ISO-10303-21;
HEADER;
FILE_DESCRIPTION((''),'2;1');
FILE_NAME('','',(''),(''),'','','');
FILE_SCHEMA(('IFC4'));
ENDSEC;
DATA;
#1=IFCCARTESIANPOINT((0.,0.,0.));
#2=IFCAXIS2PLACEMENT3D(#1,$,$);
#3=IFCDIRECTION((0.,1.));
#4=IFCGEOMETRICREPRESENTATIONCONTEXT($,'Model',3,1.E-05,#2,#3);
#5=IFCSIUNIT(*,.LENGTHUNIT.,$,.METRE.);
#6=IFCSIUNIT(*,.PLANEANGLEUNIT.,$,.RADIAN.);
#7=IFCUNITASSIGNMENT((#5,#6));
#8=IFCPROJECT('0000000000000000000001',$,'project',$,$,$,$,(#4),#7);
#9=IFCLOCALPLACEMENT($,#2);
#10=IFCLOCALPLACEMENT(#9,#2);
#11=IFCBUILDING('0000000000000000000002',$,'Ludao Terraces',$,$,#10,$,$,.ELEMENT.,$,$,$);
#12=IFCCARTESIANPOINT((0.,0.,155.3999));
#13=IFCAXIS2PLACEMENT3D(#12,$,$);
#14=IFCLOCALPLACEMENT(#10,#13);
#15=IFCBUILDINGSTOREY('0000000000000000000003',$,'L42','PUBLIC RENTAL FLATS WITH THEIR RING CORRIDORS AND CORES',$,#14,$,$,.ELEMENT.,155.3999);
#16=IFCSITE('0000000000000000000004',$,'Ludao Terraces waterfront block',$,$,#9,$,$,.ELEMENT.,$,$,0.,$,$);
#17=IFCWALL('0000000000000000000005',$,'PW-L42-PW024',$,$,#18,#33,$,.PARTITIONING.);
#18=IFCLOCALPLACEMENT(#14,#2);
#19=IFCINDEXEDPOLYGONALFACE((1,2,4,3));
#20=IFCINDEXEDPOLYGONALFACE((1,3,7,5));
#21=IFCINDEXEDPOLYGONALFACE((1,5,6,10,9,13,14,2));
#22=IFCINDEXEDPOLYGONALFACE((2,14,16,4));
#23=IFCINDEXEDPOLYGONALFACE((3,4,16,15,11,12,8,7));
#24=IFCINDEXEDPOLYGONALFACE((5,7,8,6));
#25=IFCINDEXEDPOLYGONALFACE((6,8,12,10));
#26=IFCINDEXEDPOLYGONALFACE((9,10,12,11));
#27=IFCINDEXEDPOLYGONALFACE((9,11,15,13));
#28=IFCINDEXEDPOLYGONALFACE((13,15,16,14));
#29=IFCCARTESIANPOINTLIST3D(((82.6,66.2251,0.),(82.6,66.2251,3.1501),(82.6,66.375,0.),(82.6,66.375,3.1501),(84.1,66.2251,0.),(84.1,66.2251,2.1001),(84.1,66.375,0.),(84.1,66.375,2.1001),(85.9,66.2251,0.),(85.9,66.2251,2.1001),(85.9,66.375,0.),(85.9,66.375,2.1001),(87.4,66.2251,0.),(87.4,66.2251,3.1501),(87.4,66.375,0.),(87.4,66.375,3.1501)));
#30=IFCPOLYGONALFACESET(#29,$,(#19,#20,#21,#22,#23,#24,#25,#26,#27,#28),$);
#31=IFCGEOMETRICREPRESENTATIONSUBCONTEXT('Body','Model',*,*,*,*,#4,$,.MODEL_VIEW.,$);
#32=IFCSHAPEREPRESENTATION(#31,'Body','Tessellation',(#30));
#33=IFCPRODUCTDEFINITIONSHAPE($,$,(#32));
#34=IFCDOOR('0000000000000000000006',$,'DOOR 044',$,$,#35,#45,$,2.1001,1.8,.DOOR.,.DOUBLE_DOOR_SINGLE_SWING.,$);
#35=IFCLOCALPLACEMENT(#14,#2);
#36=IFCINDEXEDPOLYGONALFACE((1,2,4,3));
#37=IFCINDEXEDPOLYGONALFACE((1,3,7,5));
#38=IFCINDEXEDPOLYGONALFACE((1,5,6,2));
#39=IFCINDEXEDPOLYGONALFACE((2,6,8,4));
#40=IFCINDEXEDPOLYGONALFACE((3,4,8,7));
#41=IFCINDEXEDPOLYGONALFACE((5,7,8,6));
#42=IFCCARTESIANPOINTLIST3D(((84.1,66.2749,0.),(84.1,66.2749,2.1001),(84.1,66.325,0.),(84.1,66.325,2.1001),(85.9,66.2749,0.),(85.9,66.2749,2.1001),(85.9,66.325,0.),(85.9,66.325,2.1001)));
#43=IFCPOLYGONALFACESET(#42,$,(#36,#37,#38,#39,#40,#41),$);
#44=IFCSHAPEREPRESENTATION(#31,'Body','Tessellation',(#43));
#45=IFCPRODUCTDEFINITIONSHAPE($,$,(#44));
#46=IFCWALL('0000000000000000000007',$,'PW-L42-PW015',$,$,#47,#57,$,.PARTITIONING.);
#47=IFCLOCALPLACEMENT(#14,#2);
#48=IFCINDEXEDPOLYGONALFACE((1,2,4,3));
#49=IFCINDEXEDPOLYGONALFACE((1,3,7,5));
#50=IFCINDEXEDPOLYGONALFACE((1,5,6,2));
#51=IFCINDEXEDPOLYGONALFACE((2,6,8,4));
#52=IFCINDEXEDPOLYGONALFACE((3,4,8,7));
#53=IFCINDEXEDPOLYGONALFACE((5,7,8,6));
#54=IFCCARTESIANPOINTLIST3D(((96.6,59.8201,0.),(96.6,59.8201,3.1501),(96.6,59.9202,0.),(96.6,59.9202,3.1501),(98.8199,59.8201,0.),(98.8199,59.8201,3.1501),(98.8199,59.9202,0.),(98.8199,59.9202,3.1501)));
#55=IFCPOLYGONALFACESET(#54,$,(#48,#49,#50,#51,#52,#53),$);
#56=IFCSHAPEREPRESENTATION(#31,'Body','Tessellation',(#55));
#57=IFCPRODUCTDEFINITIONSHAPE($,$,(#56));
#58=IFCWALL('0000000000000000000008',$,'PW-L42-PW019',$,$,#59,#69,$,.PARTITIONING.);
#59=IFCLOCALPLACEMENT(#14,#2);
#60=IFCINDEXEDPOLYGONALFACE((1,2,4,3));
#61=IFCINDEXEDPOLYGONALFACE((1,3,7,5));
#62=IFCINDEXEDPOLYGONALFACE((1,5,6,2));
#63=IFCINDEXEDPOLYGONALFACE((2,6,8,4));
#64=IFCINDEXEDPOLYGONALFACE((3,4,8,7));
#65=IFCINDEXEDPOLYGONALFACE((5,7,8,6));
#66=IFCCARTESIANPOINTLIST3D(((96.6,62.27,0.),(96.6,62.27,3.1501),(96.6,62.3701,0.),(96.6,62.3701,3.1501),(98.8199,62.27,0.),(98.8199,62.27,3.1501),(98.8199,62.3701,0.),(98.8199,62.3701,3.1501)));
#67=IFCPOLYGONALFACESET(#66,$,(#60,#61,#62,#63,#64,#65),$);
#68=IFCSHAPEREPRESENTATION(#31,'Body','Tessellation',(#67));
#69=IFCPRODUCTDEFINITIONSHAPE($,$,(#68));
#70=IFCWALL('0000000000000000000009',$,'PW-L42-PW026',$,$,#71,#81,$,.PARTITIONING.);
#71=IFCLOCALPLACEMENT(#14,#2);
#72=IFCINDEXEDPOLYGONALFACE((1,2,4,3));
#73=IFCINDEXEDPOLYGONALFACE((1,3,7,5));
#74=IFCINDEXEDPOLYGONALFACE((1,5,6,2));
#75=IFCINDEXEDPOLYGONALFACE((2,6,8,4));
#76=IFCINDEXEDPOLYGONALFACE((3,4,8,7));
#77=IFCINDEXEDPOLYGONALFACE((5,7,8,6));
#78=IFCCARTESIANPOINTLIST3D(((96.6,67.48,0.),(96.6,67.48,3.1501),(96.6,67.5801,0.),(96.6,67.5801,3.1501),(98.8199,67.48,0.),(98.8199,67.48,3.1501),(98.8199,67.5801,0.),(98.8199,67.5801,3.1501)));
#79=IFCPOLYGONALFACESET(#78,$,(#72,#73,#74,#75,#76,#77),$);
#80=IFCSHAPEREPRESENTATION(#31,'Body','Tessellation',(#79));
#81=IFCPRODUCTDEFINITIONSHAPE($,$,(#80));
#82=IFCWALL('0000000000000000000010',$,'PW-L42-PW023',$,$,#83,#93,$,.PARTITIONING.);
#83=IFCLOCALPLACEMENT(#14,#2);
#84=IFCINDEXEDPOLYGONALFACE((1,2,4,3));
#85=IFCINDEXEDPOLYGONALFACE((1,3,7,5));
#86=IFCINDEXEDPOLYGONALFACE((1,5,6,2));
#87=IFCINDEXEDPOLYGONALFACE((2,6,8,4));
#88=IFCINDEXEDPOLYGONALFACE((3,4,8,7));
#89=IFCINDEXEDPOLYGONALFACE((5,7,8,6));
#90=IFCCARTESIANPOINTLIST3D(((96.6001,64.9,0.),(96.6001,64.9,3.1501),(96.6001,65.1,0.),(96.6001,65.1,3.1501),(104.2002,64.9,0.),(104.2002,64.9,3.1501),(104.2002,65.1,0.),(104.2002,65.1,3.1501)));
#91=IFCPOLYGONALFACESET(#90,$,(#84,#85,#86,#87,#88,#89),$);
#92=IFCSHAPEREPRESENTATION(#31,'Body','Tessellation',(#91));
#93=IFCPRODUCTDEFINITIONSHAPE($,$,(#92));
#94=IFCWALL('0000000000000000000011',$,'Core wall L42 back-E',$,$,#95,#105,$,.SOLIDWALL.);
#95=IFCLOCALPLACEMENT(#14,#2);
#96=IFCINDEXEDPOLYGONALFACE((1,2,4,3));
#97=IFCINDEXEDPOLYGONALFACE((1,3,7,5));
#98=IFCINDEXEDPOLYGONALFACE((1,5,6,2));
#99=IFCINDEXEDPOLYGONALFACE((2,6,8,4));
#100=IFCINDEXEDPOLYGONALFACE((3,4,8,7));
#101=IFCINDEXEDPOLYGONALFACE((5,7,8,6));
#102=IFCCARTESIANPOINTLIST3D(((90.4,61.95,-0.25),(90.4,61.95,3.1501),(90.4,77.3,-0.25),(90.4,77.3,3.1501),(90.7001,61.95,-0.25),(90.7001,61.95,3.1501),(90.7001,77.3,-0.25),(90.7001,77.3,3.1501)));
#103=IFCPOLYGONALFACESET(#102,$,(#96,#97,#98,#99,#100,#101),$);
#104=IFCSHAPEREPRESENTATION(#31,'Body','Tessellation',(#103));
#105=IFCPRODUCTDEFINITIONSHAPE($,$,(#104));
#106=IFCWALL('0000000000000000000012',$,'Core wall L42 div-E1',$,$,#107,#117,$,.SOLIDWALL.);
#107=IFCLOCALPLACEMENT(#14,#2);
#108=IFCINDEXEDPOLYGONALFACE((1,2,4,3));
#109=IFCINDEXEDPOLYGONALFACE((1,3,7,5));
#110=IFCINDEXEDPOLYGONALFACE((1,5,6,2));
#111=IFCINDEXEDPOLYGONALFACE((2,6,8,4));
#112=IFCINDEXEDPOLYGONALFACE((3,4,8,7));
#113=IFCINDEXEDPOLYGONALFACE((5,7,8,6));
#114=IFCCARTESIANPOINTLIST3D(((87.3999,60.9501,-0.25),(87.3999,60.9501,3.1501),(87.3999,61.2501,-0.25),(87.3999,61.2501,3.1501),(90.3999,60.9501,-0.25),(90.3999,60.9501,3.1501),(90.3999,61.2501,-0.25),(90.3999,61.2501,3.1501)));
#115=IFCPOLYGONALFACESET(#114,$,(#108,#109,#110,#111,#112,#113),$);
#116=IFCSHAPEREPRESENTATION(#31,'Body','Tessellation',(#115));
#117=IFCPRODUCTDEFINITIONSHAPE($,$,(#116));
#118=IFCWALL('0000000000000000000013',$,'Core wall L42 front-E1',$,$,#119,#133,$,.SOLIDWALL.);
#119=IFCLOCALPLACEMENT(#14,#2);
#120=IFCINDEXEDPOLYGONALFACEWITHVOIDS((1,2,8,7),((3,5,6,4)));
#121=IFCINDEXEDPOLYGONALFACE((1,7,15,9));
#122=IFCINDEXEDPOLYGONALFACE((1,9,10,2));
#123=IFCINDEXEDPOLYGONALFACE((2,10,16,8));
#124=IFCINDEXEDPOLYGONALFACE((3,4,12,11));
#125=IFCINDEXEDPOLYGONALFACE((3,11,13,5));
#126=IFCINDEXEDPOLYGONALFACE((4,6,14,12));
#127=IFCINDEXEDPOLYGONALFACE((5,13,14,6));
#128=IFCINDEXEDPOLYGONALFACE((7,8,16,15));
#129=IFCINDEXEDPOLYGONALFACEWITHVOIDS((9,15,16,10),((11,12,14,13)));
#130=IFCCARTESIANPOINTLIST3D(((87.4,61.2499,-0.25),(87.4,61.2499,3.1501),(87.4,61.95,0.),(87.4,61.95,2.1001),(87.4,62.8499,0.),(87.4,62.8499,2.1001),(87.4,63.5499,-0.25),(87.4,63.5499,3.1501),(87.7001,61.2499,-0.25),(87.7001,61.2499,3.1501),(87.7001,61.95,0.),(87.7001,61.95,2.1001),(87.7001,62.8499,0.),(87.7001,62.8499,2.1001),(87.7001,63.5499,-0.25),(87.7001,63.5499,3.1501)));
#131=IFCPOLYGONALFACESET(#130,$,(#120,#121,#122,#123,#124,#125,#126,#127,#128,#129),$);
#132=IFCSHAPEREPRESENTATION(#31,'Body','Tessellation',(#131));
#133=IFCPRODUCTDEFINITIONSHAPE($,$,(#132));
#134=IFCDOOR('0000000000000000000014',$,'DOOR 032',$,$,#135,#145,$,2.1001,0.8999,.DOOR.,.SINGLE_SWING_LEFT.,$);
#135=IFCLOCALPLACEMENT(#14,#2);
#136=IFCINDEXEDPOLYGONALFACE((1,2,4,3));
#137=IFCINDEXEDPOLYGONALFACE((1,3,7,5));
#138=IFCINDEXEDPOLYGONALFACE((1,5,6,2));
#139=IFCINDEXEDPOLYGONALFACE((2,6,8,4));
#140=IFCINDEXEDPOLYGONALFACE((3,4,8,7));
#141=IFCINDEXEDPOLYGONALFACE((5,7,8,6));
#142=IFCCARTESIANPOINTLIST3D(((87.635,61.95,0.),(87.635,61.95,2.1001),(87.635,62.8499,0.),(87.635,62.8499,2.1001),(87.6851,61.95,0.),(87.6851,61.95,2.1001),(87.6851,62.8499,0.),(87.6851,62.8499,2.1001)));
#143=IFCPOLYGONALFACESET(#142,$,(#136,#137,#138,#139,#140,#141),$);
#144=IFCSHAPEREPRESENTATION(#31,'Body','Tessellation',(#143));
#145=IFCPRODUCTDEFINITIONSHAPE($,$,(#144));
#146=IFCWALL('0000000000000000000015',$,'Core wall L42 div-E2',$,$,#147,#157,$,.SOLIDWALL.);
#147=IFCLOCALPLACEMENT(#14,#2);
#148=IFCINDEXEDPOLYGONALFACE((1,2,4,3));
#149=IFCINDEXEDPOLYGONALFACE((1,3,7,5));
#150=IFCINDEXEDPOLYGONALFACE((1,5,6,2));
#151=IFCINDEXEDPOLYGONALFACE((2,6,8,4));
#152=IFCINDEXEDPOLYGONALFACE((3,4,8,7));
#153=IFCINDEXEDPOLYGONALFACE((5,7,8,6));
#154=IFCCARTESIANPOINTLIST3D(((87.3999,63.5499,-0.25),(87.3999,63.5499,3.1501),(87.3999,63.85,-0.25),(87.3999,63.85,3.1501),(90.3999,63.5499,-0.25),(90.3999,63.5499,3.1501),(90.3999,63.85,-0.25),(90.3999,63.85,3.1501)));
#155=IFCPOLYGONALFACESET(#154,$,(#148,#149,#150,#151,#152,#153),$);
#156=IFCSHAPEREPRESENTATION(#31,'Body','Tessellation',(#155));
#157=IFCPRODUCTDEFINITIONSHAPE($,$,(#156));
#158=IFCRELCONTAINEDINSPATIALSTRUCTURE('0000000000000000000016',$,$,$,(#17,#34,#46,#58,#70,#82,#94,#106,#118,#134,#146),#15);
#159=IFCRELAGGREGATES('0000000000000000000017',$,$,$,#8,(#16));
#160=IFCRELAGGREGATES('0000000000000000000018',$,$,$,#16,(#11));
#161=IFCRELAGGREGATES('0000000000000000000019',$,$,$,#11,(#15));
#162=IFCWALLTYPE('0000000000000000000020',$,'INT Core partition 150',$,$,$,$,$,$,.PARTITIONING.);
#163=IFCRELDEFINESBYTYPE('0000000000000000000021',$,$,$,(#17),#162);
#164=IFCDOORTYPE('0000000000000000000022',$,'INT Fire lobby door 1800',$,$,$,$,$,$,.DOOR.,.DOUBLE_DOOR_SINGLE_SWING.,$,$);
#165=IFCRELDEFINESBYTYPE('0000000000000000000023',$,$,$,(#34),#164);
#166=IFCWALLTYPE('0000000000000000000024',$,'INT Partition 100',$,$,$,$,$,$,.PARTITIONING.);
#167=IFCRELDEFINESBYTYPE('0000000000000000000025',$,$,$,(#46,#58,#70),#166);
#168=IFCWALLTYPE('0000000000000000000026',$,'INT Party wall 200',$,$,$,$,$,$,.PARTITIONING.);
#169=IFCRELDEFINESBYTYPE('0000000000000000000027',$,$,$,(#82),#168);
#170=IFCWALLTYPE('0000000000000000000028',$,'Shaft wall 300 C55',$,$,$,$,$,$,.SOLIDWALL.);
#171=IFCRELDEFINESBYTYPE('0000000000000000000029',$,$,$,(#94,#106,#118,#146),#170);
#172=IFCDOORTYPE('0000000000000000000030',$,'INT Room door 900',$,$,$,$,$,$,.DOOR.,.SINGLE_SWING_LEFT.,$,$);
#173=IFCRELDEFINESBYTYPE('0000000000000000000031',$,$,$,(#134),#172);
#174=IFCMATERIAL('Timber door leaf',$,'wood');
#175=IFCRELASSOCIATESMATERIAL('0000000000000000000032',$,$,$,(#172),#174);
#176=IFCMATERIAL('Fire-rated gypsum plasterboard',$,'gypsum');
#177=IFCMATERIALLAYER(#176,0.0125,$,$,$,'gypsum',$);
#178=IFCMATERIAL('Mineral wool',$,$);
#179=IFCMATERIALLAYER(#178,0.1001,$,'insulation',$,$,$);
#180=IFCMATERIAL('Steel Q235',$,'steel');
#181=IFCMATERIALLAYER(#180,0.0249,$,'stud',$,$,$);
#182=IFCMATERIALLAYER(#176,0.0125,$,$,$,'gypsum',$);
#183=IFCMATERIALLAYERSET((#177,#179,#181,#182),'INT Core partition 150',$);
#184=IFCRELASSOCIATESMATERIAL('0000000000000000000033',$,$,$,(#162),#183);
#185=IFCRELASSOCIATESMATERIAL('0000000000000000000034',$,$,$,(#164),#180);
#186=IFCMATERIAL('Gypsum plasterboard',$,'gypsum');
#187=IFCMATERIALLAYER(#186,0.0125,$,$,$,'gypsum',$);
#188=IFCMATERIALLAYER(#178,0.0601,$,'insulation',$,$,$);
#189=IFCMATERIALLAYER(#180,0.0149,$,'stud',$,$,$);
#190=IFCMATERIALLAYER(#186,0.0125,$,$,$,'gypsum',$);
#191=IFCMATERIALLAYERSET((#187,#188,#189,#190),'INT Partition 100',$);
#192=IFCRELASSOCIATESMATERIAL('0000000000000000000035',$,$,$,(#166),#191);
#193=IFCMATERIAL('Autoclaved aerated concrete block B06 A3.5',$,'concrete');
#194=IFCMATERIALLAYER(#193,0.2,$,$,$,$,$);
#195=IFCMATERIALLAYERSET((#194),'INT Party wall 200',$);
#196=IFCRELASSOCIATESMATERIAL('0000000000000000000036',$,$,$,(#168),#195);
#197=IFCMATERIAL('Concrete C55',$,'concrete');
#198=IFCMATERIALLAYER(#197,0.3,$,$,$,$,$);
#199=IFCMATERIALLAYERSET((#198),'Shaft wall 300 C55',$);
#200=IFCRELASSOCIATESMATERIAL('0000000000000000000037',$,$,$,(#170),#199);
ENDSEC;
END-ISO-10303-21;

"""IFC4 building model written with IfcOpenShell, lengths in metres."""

from ifc_helpers import new_model, si_unit, direction, frame, frame_2d, origin, place, context, subcontext, project, spatial, rectangle, extrude, material, layer, layer_set, type_object, element, fill, save


model = new_model("IFC4")

# Units and contexts
model_context = context("Model", 3, precision=1e-05, world=origin(), true_north=direction((0.0, 1.0)))
body_context = subcontext(model_context, "Body", "Model", "MODEL_VIEW")
ifc_project = project(units=[si_unit("LENGTHUNIT", "METRE"), si_unit("PLANEANGLEUNIT", "RADIAN")], contexts=[model_context])

# Site, building, storey
site_placement = place(None, origin())
site = spatial("IfcSite", under=ifc_project, at=site_placement, Name="Ludao Terraces waterfront block", CompositionType="ELEMENT", RefElevation=0.0)
building_placement = place(site_placement, origin())
building = spatial("IfcBuilding", under=site, at=building_placement, Name="Ludao Terraces", CompositionType="ELEMENT")
storey_placement = place(building_placement, frame((0.0, 0.0, 155.3999)))
storey = spatial("IfcBuildingStorey", under=building, at=storey_placement, Name="L42", Description="PUBLIC RENTAL FLATS WITH THEIR RING CORRIDORS AND CORES", CompositionType="ELEMENT", Elevation=155.3999)

# Shared definitions
ifc_material_1 = material(Name="Steel Q235", Category="steel")
ifc_material_2 = material(Name="Timber door leaf", Category="wood")
door_type_1 = type_object("IfcDoorType", Name="INT Room door 900", OperationType="SINGLE_SWING_LEFT", PredefinedType="DOOR", material=ifc_material_2)

# Wall, opening, door
ifc_material_3 = material(Name="Fire-rated gypsum plasterboard", Category="gypsum")
ifc_layer_1 = layer(ifc_material_3, 0.0125, Category="gypsum")
ifc_material_4 = material(Name="Mineral wool")
ifc_layer_2 = layer(ifc_material_4, 0.1001, Name="insulation")
ifc_layer_3 = layer(ifc_material_1, 0.0249, Name="stud")
ifc_layer_4 = layer(ifc_material_3, 0.0125, Category="gypsum")
ifc_layer_set_1 = layer_set([ifc_layer_1, ifc_layer_2, ifc_layer_3, ifc_layer_4], Name="INT Core partition 150")
wall_type_1 = type_object("IfcWallType", Name="INT Core partition 150", PredefinedType="PARTITIONING", material=ifc_layer_set_1)
door_type_2 = type_object("IfcDoorType", Name="INT Fire lobby door 1800", OperationType="DOUBLE_DOOR_SINGLE_SWING", PredefinedType="DOOR", material=ifc_material_1)
wall_1_placement = place(storey_placement, frame((82.6001, 66.3, 0.0), z_axis=(0.0, 0.0, 1.0), x_axis=(1.0, 0.0, 0.0)))
wall_1 = element("IfcWall", 1, at=wall_1_placement, inside=storey, type_object=wall_type_1, Name="PW-L42-PW024", PredefinedType="PARTITIONING", context=body_context, shape_type="SweptSolid", body=[
    extrude(rectangle(XDim=4.8, YDim=0.1499, at=frame_2d((2.3999, 0.0))), origin(), (0.0, 0.0, 1.0), 3.1501),
])
opening_1_placement = place(wall_1_placement, frame((1.5, 0.0, 0.0)))
opening_1 = element("IfcOpeningElement", 2, at=opening_1_placement, cuts=wall_1, PredefinedType="OPENING", context=body_context, shape_type="SweptSolid", body=[
    extrude(rectangle(XDim=1.8, YDim=2.1001, at=frame_2d((0.8999, 1.05))), frame((0.0, 0.085, 0.0), z_axis=(0.0, -1.0, 0.0), x_axis=(1.0, 0.0, 0.0)), (0.0, 0.0, 1.0), 0.1699),
])
door_1_placement = place(opening_1_placement, origin())
door_1 = element("IfcDoor", 3, at=door_1_placement, inside=storey, type_object=door_type_2, Name="DOOR 044", OperationType="DOUBLE_DOOR_SINGLE_SWING", OverallHeight=2.1001, OverallWidth=1.8, PredefinedType="DOOR", context=body_context, shape_type="SweptSolid", body=[
    extrude(rectangle(XDim=1.8, YDim=2.1001, at=frame_2d((0.8999, 1.05))), frame((0.0, 0.0249, 0.0), z_axis=(0.0, -1.0, 0.0), x_axis=(1.0, 0.0, 0.0)), (0.0, 0.0, 1.0), 0.05),
])
fill(opening_1, door_1)

# Walls
ifc_material_5 = material(Name="Gypsum plasterboard", Category="gypsum")
ifc_layer_5 = layer(ifc_material_5, 0.0125, Category="gypsum")
ifc_layer_6 = layer(ifc_material_4, 0.0601, Name="insulation")
ifc_layer_7 = layer(ifc_material_1, 0.0149, Name="stud")
ifc_layer_8 = layer(ifc_material_5, 0.0125, Category="gypsum")
ifc_layer_set_2 = layer_set([ifc_layer_5, ifc_layer_6, ifc_layer_7, ifc_layer_8], Name="INT Partition 100")
wall_type_2 = type_object("IfcWallType", Name="INT Partition 100", PredefinedType="PARTITIONING", material=ifc_layer_set_2)
for number, where, z_axis, x_axis, name in (
    (4, (96.6001, 59.8701, 0.0), (0.0, 0.0, 1.0), (1.0, 0.0, 0.0), "PW-L42-PW015"),
    (5, (96.6001, 62.3201, 0.0), (0.0, 0.0, 1.0), (1.0, 0.0, 0.0), "PW-L42-PW019"),
    (6, (96.6001, 67.53, 0.0), (0.0, 0.0, 1.0), (1.0, 0.0, 0.0), "PW-L42-PW026"),
):
    element("IfcWall", number, at=place(storey_placement, frame(where, z_axis=z_axis, x_axis=x_axis)), inside=storey, type_object=wall_type_2, Name=name, PredefinedType="PARTITIONING", context=body_context, shape_type="SweptSolid", body=[
        extrude(rectangle(XDim=2.22, YDim=0.1001, at=frame_2d((1.1099, 0.0))), origin(), (0.0, 0.0, 1.0), 3.1501),
    ])
ifc_material_6 = material(Name="Autoclaved aerated concrete block B06 A3.5", Category="concrete")
ifc_layer_9 = layer(ifc_material_6, 0.2)
ifc_layer_set_3 = layer_set([ifc_layer_9], Name="INT Party wall 200")
wall_type_3 = type_object("IfcWallType", Name="INT Party wall 200", PredefinedType="PARTITIONING", material=ifc_layer_set_3)
wall_2_placement = place(storey_placement, frame((96.6001, 65.0, 0.0), z_axis=(0.0, 0.0, 1.0), x_axis=(1.0, 0.0, 0.0)))
element("IfcWall", 7, at=wall_2_placement, inside=storey, type_object=wall_type_3, Name="PW-L42-PW023", PredefinedType="PARTITIONING", context=body_context, shape_type="SweptSolid", body=[
    extrude(rectangle(XDim=7.6001, YDim=0.2, at=frame_2d((3.8, 0.0))), origin(), (0.0, 0.0, 1.0), 3.1501),
])
ifc_material_7 = material(Name="Concrete C55", Category="concrete")
ifc_layer_10 = layer(ifc_material_7, 0.3)
ifc_layer_set_4 = layer_set([ifc_layer_10], Name="Shaft wall 300 C55")
wall_type_4 = type_object("IfcWallType", Name="Shaft wall 300 C55", PredefinedType="SOLIDWALL", material=ifc_layer_set_4)
wall_3_placement = place(storey_placement, frame((90.55, 61.95, -0.25), z_axis=(0.0, 0.0, 1.0), x_axis=(0.0, 1.0, 0.0)))
element("IfcWall", 8, at=wall_3_placement, inside=storey, type_object=wall_type_4, Name="Core wall L42 back-E", PredefinedType="SOLIDWALL", context=body_context, shape_type="SweptSolid", body=[
    extrude(rectangle(XDim=15.3501, YDim=0.3, at=frame_2d((7.675, 0.0))), origin(), (0.0, 0.0, 1.0), 3.4001),
])
wall_4_placement = place(storey_placement, frame((87.3999, 61.1001, -0.25), z_axis=(0.0, 0.0, 1.0), x_axis=(1.0, 0.0, 0.0)))
element("IfcWall", 9, at=wall_4_placement, inside=storey, type_object=wall_type_4, Name="Core wall L42 div-E1", PredefinedType="SOLIDWALL", context=body_context, shape_type="SweptSolid", body=[
    extrude(rectangle(XDim=3.0, YDim=0.3, at=frame_2d((1.5, 0.0))), origin(), (0.0, 0.0, 1.0), 3.4001),
])

# Wall, opening, door
wall_5_placement = place(storey_placement, frame((87.55, 61.25, -0.25), z_axis=(0.0, 0.0, 1.0), x_axis=(0.0, 1.0, 0.0)))
wall_5 = element("IfcWall", 10, at=wall_5_placement, inside=storey, type_object=wall_type_4, Name="Core wall L42 front-E1", PredefinedType="SOLIDWALL", context=body_context, shape_type="SweptSolid", body=[
    extrude(rectangle(XDim=2.3, YDim=0.3, at=frame_2d((1.1499, 0.0))), origin(), (0.0, 0.0, 1.0), 3.4001),
])
opening_2_placement = place(wall_5_placement, frame((0.7, 0.0, 0.25)))
opening_2 = element("IfcOpeningElement", 11, at=opening_2_placement, cuts=wall_5, PredefinedType="OPENING", context=body_context, shape_type="SweptSolid", body=[
    extrude(rectangle(XDim=0.8999, YDim=2.1001, at=frame_2d((0.45, 1.05))), frame((0.0, 0.1602, 0.0), z_axis=(0.0, -1.0, 0.0), x_axis=(1.0, 0.0, 0.0)), (0.0, 0.0, 1.0), 0.3201),
])
door_2_placement = place(opening_2_placement, origin())
door_2 = element("IfcDoor", 12, at=door_2_placement, inside=storey, type_object=door_type_1, Name="DOOR 032", OperationType="SINGLE_SWING_LEFT", OverallHeight=2.1001, OverallWidth=0.8999, PredefinedType="DOOR", context=body_context, shape_type="SweptSolid", body=[
    extrude(rectangle(XDim=0.8999, YDim=2.1001, at=frame_2d((0.45, 1.05))), frame((0.0, -0.085, 0.0), z_axis=(0.0, -1.0, 0.0), x_axis=(1.0, 0.0, 0.0)), (0.0, 0.0, 1.0), 0.05),
])
fill(opening_2, door_2)

# Wall
wall_6_placement = place(storey_placement, frame((87.3999, 63.7, -0.25), z_axis=(0.0, 0.0, 1.0), x_axis=(1.0, 0.0, 0.0)))
element("IfcWall", 13, at=wall_6_placement, inside=storey, type_object=wall_type_4, Name="Core wall L42 div-E2", PredefinedType="SOLIDWALL", context=body_context, shape_type="SweptSolid", body=[
    extrude(rectangle(XDim=3.0, YDim=0.3, at=frame_2d((1.5, 0.0))), origin(), (0.0, 0.0, 1.0), 3.4001),
])

save(model, "model.ifc")
